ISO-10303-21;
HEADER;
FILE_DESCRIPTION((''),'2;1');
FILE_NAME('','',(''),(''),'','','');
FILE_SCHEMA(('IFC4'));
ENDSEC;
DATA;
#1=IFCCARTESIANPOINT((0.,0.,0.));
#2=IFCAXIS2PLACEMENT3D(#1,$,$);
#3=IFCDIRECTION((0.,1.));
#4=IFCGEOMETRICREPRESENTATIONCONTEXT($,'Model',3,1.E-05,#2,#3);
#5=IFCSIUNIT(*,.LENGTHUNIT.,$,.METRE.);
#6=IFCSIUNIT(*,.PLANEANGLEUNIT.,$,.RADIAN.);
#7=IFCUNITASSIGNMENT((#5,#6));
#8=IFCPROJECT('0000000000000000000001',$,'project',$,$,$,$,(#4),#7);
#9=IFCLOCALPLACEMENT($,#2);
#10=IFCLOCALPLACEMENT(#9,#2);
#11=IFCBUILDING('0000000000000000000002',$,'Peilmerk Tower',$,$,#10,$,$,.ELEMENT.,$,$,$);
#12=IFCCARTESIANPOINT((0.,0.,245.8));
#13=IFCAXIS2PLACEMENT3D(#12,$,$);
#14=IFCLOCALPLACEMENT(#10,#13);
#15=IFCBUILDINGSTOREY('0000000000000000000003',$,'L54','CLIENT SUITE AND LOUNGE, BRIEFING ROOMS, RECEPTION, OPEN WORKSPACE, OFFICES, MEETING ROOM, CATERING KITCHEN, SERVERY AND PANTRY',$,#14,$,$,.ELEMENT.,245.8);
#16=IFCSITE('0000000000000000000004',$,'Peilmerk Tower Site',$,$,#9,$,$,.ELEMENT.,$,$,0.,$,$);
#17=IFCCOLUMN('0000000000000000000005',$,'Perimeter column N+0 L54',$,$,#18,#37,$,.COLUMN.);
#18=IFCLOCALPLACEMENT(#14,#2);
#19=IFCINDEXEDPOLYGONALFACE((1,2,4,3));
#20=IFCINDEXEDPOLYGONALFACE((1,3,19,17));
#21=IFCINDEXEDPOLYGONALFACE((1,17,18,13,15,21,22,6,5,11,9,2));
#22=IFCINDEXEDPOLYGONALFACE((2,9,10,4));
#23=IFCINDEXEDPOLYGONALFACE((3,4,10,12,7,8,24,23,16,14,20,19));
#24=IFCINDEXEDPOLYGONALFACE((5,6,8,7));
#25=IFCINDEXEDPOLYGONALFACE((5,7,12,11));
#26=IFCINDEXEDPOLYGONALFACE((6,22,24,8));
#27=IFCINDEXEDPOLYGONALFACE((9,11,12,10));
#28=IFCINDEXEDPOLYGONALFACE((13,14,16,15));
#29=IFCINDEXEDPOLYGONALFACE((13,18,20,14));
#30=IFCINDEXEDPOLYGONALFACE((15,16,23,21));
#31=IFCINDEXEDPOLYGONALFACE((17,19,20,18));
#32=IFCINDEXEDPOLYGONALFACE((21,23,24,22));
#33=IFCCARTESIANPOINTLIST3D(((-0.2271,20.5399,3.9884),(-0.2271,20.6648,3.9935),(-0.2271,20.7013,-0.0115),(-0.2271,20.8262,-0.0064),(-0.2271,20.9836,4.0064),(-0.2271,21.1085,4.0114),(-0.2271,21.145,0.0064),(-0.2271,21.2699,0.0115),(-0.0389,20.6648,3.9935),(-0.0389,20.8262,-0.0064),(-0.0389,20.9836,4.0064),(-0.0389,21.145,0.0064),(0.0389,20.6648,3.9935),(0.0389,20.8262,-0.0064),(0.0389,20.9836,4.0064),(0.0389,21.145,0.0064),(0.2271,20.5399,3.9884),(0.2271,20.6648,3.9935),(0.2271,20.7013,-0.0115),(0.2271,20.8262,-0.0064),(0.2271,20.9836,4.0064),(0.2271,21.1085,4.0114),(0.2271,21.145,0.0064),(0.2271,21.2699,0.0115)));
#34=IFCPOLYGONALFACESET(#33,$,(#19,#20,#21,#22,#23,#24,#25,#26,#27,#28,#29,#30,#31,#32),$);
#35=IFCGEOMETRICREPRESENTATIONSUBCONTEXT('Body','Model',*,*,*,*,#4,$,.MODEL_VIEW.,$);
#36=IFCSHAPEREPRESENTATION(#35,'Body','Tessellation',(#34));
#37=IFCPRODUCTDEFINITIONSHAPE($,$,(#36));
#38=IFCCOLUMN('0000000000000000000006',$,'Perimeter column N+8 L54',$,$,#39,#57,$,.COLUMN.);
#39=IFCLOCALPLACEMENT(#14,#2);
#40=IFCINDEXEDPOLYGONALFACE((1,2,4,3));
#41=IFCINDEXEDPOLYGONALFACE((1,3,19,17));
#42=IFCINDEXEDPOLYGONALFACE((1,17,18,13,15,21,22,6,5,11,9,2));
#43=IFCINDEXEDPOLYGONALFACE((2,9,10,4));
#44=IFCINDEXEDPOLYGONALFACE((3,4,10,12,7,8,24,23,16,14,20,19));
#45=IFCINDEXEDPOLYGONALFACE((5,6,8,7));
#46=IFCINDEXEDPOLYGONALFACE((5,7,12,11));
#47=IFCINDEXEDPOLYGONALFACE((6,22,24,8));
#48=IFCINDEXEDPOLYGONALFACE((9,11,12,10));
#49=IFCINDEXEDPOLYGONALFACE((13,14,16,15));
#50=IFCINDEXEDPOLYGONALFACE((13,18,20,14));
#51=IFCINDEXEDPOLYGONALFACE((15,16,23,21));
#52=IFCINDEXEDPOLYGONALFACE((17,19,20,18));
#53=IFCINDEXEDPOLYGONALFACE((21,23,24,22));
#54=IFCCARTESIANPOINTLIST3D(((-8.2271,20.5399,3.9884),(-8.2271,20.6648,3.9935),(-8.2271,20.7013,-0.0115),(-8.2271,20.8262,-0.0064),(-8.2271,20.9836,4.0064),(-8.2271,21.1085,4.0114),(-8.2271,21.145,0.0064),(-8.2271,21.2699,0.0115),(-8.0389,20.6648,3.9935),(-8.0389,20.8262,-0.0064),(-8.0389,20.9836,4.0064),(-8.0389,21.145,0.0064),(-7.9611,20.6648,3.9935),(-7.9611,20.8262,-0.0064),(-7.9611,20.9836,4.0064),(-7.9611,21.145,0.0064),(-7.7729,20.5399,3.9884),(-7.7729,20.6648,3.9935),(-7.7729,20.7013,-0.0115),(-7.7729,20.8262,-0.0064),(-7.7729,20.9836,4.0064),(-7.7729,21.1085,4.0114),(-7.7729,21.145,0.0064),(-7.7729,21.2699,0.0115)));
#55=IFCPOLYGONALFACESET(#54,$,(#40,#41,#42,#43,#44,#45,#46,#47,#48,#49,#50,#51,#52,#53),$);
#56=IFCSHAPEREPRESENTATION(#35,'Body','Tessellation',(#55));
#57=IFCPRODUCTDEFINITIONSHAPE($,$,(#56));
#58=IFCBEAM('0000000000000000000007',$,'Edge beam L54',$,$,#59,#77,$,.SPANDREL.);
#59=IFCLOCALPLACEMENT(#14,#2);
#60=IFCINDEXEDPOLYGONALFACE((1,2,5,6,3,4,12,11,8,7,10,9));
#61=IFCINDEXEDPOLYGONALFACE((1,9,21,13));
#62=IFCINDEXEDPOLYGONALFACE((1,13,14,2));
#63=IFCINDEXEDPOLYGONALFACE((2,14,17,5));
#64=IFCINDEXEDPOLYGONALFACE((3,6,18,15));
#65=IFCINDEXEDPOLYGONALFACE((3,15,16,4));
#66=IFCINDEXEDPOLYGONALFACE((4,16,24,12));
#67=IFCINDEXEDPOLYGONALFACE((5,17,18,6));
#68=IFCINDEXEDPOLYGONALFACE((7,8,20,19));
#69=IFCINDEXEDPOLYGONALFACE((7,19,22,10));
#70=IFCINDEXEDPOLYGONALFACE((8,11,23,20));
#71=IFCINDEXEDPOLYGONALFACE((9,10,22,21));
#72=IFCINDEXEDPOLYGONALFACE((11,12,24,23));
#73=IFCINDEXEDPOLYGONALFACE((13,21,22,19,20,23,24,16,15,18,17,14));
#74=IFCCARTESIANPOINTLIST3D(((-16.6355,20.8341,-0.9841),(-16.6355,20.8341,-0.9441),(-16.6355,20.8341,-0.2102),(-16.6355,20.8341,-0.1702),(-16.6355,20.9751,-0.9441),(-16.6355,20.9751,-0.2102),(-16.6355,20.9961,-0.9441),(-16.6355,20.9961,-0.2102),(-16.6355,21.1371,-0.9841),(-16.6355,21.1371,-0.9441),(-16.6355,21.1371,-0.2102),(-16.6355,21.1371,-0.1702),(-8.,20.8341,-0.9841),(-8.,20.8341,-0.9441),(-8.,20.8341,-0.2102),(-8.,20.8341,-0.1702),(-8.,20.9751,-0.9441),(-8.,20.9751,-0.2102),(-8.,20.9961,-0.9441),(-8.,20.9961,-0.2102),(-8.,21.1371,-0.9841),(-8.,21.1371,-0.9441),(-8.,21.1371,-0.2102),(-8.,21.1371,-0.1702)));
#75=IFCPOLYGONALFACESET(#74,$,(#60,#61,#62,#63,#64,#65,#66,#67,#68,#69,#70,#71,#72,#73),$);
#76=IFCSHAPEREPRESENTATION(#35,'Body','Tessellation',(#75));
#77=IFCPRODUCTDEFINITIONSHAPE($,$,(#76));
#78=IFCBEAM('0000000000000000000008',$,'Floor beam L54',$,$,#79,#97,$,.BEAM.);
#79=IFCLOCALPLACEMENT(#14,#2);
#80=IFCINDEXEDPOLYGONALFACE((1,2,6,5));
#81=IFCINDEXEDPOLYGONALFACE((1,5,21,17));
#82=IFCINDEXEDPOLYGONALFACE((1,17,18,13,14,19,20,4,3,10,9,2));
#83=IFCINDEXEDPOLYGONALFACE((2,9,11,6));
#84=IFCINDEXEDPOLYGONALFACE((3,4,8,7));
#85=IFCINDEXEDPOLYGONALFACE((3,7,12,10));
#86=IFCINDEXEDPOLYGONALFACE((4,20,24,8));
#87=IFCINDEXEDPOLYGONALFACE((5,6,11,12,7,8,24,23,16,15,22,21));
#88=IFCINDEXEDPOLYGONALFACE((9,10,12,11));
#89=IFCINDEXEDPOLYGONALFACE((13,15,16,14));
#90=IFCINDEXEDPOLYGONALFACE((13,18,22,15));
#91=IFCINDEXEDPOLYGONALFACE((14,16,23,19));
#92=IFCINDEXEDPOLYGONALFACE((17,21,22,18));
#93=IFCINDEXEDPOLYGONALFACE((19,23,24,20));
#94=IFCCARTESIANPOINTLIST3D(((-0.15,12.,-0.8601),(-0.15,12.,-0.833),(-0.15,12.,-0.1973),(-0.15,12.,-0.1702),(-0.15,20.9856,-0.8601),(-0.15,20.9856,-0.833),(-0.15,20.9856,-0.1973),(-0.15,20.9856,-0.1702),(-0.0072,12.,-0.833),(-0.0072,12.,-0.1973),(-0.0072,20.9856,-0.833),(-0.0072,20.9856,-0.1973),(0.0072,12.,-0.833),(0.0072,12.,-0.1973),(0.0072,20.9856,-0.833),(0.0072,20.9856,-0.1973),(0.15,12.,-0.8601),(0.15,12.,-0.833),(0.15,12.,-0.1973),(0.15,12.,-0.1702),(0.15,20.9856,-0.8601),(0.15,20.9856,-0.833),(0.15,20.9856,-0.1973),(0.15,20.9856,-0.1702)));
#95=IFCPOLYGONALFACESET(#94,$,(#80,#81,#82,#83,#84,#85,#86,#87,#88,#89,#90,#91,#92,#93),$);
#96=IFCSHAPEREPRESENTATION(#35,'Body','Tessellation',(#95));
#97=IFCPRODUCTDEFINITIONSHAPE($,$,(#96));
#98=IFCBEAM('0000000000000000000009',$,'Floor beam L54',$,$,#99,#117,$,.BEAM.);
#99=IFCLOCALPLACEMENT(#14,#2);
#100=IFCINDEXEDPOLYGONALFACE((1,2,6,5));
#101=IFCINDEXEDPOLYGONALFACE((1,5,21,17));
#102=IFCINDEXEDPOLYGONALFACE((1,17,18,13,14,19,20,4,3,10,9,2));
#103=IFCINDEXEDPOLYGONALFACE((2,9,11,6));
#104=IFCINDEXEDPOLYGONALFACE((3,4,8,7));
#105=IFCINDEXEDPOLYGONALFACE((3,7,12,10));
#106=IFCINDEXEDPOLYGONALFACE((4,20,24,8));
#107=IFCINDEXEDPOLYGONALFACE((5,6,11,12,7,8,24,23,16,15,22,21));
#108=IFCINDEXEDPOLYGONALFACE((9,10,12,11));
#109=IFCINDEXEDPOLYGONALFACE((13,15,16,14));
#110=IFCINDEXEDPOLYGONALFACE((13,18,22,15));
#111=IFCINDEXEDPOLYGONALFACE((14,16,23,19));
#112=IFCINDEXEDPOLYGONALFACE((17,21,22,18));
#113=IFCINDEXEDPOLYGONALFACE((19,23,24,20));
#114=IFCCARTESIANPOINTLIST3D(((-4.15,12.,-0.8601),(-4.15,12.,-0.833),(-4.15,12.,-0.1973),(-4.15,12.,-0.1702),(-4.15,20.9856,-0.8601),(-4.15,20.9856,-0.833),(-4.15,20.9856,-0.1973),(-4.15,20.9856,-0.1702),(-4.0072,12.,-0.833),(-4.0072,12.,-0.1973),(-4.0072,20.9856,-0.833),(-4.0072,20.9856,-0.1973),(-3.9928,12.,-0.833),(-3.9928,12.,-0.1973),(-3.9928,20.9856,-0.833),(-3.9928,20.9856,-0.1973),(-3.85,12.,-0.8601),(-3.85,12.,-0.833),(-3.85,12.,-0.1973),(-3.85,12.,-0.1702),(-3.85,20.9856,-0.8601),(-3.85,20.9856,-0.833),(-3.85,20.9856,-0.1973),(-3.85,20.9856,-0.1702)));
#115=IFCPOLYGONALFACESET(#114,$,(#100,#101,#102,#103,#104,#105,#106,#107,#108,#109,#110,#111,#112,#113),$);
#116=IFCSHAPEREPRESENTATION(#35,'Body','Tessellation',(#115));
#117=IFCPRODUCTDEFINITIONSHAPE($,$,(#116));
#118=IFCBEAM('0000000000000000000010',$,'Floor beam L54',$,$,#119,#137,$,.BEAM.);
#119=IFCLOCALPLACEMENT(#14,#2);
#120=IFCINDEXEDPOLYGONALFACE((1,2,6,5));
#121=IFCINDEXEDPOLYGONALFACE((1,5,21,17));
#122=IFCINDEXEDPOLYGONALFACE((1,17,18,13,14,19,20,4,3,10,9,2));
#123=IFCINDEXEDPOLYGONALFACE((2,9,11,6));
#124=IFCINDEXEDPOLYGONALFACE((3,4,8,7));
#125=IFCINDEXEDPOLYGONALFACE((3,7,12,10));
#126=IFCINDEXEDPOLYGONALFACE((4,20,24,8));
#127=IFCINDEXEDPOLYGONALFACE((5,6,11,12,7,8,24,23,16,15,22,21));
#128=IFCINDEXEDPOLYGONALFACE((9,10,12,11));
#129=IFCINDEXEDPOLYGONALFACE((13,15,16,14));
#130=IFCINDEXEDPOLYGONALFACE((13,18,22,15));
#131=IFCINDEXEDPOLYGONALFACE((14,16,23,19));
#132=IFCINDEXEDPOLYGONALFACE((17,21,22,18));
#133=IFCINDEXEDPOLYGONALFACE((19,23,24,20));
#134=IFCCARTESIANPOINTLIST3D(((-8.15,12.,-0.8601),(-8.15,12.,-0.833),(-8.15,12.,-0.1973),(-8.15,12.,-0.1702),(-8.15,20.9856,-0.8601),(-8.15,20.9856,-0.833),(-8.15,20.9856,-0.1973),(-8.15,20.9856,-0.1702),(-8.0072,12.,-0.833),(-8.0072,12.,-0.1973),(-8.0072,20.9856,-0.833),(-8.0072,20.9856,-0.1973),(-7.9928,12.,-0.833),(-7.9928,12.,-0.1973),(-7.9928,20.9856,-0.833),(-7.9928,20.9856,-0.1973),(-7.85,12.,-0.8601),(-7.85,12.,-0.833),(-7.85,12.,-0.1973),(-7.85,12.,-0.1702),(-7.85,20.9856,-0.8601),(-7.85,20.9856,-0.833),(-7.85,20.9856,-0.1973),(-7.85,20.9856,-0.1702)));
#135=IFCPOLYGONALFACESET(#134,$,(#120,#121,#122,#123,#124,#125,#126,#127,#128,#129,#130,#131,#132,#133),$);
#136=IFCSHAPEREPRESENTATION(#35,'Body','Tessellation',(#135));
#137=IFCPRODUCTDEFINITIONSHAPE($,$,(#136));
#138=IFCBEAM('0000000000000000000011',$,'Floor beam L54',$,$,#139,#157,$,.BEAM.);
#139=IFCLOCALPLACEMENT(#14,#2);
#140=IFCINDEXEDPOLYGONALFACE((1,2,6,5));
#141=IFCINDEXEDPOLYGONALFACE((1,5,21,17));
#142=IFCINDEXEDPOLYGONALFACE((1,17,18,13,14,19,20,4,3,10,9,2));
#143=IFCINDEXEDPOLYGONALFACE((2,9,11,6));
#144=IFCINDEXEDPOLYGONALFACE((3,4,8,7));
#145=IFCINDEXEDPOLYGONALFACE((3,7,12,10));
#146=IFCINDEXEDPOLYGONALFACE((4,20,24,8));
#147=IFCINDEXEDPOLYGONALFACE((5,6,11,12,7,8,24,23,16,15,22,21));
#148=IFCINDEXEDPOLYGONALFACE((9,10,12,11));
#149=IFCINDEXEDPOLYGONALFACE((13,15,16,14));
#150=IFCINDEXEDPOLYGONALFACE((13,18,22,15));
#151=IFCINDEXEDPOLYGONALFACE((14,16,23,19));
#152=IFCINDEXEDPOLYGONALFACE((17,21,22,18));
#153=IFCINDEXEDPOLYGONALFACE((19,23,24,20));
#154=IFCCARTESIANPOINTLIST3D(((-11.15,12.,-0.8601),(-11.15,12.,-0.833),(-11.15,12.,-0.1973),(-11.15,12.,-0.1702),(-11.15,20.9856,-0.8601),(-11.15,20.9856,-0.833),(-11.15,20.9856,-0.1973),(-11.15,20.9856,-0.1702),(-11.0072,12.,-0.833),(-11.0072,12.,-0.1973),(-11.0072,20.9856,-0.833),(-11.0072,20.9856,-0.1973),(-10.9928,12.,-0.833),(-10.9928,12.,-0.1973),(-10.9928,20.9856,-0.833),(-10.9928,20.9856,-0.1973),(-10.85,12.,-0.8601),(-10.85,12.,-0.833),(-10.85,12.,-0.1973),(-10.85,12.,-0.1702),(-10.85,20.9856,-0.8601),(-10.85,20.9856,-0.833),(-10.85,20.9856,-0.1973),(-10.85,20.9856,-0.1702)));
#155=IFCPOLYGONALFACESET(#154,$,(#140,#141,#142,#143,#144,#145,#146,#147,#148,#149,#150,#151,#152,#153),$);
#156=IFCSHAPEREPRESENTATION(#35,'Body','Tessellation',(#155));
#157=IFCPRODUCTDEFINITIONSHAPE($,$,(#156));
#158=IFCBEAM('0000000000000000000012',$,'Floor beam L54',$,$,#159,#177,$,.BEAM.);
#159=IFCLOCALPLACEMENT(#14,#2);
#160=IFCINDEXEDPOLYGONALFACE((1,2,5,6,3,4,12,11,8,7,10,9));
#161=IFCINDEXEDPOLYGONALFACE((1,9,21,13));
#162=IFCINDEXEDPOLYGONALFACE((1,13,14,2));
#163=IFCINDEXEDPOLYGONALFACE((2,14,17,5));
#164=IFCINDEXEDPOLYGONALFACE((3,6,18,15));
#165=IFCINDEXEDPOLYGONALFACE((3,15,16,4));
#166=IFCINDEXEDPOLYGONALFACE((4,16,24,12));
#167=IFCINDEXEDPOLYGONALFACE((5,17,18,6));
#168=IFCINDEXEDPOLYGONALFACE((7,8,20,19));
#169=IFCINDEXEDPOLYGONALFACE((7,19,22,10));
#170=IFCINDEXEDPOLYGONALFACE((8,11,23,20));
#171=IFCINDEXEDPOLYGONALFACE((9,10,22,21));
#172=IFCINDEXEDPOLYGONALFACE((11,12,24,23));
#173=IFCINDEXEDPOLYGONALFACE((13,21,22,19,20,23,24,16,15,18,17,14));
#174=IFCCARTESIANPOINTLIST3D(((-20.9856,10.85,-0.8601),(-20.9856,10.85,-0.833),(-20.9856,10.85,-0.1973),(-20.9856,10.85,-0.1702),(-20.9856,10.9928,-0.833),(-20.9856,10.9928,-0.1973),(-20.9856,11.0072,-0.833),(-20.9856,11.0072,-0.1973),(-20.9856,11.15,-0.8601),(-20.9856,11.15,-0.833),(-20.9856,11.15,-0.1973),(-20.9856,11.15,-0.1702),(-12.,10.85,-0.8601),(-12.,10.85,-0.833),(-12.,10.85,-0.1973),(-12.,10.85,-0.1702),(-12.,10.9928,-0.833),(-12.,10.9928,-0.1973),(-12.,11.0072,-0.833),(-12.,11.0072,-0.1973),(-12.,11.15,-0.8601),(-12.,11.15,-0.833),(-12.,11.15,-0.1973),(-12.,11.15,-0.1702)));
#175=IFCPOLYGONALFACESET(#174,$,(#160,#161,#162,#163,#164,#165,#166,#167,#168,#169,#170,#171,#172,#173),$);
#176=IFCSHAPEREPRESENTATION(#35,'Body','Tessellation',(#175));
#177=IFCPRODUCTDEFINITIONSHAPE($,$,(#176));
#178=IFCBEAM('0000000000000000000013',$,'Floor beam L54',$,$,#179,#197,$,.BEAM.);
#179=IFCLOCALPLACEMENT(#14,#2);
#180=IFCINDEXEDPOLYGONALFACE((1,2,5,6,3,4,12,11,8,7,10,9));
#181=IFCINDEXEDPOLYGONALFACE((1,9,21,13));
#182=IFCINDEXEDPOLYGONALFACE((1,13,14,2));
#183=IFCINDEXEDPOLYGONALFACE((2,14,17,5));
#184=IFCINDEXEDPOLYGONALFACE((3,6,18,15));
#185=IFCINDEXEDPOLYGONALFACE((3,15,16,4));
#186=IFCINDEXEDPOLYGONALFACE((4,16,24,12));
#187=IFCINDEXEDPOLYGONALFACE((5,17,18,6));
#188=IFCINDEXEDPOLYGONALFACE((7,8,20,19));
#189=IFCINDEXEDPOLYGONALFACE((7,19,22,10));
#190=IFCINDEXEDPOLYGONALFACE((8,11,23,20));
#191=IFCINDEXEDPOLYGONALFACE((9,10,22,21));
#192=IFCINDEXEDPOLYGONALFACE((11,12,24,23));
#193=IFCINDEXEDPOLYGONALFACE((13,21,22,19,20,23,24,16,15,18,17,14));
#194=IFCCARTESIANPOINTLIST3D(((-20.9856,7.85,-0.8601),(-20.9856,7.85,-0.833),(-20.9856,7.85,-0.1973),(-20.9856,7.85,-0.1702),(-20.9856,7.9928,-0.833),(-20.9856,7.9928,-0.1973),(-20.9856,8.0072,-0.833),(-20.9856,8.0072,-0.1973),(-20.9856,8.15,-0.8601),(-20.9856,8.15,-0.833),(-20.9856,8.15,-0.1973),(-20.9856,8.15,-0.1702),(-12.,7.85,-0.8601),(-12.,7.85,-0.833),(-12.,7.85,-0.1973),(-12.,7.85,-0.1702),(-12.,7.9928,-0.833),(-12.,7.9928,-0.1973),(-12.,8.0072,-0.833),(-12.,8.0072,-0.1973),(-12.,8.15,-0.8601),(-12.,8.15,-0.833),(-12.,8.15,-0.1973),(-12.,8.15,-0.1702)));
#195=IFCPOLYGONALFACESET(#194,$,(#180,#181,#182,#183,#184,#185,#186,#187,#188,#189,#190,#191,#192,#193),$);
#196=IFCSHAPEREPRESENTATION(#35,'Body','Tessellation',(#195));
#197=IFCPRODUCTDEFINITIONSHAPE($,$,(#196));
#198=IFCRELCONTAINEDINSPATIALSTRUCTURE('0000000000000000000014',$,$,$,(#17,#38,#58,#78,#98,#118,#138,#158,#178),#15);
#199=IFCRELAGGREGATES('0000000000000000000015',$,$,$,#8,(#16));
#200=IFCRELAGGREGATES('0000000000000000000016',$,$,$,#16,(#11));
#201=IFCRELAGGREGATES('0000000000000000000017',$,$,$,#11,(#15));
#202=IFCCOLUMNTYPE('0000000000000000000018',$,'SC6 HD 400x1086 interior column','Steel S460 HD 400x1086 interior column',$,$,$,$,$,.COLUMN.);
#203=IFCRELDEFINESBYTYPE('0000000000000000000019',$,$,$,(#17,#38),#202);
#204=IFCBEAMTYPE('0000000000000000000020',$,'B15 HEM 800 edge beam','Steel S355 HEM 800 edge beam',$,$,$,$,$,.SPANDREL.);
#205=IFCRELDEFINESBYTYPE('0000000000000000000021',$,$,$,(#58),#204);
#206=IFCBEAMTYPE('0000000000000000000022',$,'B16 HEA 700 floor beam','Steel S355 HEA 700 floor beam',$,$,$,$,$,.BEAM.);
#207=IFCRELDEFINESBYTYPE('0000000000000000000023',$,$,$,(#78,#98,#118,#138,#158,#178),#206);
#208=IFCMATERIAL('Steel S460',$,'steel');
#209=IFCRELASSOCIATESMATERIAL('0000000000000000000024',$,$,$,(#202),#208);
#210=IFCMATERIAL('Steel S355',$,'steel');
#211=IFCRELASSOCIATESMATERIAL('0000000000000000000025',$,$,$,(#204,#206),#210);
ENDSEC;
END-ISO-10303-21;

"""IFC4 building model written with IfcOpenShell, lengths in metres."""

from ifc_helpers import new_model, si_unit, direction, frame, origin, origin_2d, place, context, subcontext, project, spatial, i_section, extrude, material, material_profile, profile_set, type_object, element, save


model = new_model("IFC4")

# Units and contexts
model_context = context("Model", 3, precision=1e-05, world=origin(), true_north=direction((0.0, 1.0)))
body_context = subcontext(model_context, "Body", "Model", "MODEL_VIEW")
ifc_project = project(units=[si_unit("LENGTHUNIT", "METRE"), si_unit("PLANEANGLEUNIT", "RADIAN")], contexts=[model_context])

# Site, building, storey
site_placement = place(None, origin())
site = spatial("IfcSite", under=ifc_project, at=site_placement, Name="Peilmerk Tower Site", CompositionType="ELEMENT", RefElevation=0.0)
building_placement = place(site_placement, origin())
building = spatial("IfcBuilding", under=site, at=building_placement, Name="Peilmerk Tower", CompositionType="ELEMENT")
storey_placement = place(building_placement, frame((0.0, 0.0, 245.8)))
storey = spatial("IfcBuildingStorey", under=building, at=storey_placement, Name="L54", Description="CLIENT SUITE AND LOUNGE, BRIEFING ROOMS, RECEPTION, OPEN WORKSPACE, OFFICES, MEETING ROOM, CATERING KITCHEN, SERVERY AND PANTRY", CompositionType="ELEMENT", Elevation=245.8)

# Columns
ifc_material_1 = material(Name="Steel S460", Category="steel")
ifc_material_profile_1 = material_profile(ifc_material_1, i_section(OverallWidth=0.4541, OverallDepth=0.5691, WebThickness=0.0779, FlangeThickness=0.125, at=origin_2d()), Name="HD 400x1086")
ifc_profile_set_1 = profile_set([ifc_material_profile_1], Name="Steel S460")
column_type = type_object("IfcColumnType", Name="SC6 HD 400x1086 interior column", Description="Steel S460 HD 400x1086 interior column", PredefinedType="COLUMN", material=ifc_profile_set_1)
for number, where, z_axis, x_axis, name in (
    (1, (0.0, 20.9856, 0.0), (0.0, -0.040311, 0.999187), (1.0, 0.0, 0.0), "Perimeter column N+0 L54"),
    (2, (-8.0, 20.9856, 0.0), (0.0, -0.040311, 0.999187), (1.0, 0.0, 0.0), "Perimeter column N+8 L54"),
):
    element("IfcColumn", number, at=place(storey_placement, frame(where, z_axis=z_axis, x_axis=x_axis)), inside=storey, type_object=column_type, Name=name, PredefinedType="COLUMN", context=body_context, shape_type="SweptSolid", body=[
        extrude(i_section(OverallWidth=0.4541, OverallDepth=0.5691, WebThickness=0.0779, FlangeThickness=0.125, at=origin_2d()), origin(), (0.0, 0.0, 1.0), 4.0032),
    ])

# Beams
ifc_material_2 = material(Name="Steel S355", Category="steel")
ifc_material_profile_2 = material_profile(ifc_material_2, i_section(OverallWidth=0.303, OverallDepth=0.814, WebThickness=0.021, FlangeThickness=0.04, at=origin_2d()), Name="HEM 800")
ifc_profile_set_2 = profile_set([ifc_material_profile_2], Name="Steel S355")
beam_type_1 = type_object("IfcBeamType", Name="B15 HEM 800 edge beam", Description="Steel S355 HEM 800 edge beam", PredefinedType="SPANDREL", material=ifc_profile_set_2)
beam_1_placement = place(storey_placement, frame((-8.0, 20.9856, -0.5771), z_axis=(-1.0, 0.0, 0.0), x_axis=(0.0, -1.0, 0.0)))
element("IfcBeam", 3, at=beam_1_placement, inside=storey, type_object=beam_type_1, Name="Edge beam L54", PredefinedType="SPANDREL", context=body_context, shape_type="SweptSolid", body=[
    extrude(i_section(OverallWidth=0.303, OverallDepth=0.814, WebThickness=0.021, FlangeThickness=0.04, at=origin_2d()), origin(), (0.0, 0.0, 1.0), 8.6355),
])
ifc_material_profile_3 = material_profile(ifc_material_2, i_section(OverallWidth=0.3, OverallDepth=0.6899, WebThickness=0.0144, FlangeThickness=0.0271, at=origin_2d()), Name="HEA 700")
ifc_profile_set_3 = profile_set([ifc_material_profile_3], Name="Steel S355")
beam_type_2 = type_object("IfcBeamType", Name="B16 HEA 700 floor beam", Description="Steel S355 HEA 700 floor beam", PredefinedType="BEAM", material=ifc_profile_set_3)
for number, where, z_axis, x_axis, name in (
    (4, (0.0, 12.0, -0.5151), (0.0, 1.0, 0.0), (-1.0, 0.0, 0.0), "Floor beam L54"),
    (5, (-4.0, 12.0, -0.5151), (0.0, 1.0, 0.0), (-1.0, 0.0, 0.0), "Floor beam L54"),
    (6, (-8.0, 12.0, -0.5151), (0.0, 1.0, 0.0), (-1.0, 0.0, 0.0), "Floor beam L54"),
    (7, (-11.0, 12.0, -0.5151), (0.0, 1.0, 0.0), (-1.0, 0.0, 0.0), "Floor beam L54"),
    (8, (-12.0, 11.0, -0.5151), (-1.0, 0.0, 0.0), (0.0, -1.0, 0.0), "Floor beam L54"),
    (9, (-12.0, 8.0, -0.5151), (-1.0, 0.0, 0.0), (0.0, -1.0, 0.0), "Floor beam L54"),
):
    element("IfcBeam", number, at=place(storey_placement, frame(where, z_axis=z_axis, x_axis=x_axis)), inside=storey, type_object=beam_type_2, Name=name, PredefinedType="BEAM", context=body_context, shape_type="SweptSolid", body=[
        extrude(i_section(OverallWidth=0.3, OverallDepth=0.6899, WebThickness=0.0144, FlangeThickness=0.0271, at=origin_2d()), origin(), (0.0, 0.0, 1.0), 8.9856),
    ])

save(model, "model.ifc")
